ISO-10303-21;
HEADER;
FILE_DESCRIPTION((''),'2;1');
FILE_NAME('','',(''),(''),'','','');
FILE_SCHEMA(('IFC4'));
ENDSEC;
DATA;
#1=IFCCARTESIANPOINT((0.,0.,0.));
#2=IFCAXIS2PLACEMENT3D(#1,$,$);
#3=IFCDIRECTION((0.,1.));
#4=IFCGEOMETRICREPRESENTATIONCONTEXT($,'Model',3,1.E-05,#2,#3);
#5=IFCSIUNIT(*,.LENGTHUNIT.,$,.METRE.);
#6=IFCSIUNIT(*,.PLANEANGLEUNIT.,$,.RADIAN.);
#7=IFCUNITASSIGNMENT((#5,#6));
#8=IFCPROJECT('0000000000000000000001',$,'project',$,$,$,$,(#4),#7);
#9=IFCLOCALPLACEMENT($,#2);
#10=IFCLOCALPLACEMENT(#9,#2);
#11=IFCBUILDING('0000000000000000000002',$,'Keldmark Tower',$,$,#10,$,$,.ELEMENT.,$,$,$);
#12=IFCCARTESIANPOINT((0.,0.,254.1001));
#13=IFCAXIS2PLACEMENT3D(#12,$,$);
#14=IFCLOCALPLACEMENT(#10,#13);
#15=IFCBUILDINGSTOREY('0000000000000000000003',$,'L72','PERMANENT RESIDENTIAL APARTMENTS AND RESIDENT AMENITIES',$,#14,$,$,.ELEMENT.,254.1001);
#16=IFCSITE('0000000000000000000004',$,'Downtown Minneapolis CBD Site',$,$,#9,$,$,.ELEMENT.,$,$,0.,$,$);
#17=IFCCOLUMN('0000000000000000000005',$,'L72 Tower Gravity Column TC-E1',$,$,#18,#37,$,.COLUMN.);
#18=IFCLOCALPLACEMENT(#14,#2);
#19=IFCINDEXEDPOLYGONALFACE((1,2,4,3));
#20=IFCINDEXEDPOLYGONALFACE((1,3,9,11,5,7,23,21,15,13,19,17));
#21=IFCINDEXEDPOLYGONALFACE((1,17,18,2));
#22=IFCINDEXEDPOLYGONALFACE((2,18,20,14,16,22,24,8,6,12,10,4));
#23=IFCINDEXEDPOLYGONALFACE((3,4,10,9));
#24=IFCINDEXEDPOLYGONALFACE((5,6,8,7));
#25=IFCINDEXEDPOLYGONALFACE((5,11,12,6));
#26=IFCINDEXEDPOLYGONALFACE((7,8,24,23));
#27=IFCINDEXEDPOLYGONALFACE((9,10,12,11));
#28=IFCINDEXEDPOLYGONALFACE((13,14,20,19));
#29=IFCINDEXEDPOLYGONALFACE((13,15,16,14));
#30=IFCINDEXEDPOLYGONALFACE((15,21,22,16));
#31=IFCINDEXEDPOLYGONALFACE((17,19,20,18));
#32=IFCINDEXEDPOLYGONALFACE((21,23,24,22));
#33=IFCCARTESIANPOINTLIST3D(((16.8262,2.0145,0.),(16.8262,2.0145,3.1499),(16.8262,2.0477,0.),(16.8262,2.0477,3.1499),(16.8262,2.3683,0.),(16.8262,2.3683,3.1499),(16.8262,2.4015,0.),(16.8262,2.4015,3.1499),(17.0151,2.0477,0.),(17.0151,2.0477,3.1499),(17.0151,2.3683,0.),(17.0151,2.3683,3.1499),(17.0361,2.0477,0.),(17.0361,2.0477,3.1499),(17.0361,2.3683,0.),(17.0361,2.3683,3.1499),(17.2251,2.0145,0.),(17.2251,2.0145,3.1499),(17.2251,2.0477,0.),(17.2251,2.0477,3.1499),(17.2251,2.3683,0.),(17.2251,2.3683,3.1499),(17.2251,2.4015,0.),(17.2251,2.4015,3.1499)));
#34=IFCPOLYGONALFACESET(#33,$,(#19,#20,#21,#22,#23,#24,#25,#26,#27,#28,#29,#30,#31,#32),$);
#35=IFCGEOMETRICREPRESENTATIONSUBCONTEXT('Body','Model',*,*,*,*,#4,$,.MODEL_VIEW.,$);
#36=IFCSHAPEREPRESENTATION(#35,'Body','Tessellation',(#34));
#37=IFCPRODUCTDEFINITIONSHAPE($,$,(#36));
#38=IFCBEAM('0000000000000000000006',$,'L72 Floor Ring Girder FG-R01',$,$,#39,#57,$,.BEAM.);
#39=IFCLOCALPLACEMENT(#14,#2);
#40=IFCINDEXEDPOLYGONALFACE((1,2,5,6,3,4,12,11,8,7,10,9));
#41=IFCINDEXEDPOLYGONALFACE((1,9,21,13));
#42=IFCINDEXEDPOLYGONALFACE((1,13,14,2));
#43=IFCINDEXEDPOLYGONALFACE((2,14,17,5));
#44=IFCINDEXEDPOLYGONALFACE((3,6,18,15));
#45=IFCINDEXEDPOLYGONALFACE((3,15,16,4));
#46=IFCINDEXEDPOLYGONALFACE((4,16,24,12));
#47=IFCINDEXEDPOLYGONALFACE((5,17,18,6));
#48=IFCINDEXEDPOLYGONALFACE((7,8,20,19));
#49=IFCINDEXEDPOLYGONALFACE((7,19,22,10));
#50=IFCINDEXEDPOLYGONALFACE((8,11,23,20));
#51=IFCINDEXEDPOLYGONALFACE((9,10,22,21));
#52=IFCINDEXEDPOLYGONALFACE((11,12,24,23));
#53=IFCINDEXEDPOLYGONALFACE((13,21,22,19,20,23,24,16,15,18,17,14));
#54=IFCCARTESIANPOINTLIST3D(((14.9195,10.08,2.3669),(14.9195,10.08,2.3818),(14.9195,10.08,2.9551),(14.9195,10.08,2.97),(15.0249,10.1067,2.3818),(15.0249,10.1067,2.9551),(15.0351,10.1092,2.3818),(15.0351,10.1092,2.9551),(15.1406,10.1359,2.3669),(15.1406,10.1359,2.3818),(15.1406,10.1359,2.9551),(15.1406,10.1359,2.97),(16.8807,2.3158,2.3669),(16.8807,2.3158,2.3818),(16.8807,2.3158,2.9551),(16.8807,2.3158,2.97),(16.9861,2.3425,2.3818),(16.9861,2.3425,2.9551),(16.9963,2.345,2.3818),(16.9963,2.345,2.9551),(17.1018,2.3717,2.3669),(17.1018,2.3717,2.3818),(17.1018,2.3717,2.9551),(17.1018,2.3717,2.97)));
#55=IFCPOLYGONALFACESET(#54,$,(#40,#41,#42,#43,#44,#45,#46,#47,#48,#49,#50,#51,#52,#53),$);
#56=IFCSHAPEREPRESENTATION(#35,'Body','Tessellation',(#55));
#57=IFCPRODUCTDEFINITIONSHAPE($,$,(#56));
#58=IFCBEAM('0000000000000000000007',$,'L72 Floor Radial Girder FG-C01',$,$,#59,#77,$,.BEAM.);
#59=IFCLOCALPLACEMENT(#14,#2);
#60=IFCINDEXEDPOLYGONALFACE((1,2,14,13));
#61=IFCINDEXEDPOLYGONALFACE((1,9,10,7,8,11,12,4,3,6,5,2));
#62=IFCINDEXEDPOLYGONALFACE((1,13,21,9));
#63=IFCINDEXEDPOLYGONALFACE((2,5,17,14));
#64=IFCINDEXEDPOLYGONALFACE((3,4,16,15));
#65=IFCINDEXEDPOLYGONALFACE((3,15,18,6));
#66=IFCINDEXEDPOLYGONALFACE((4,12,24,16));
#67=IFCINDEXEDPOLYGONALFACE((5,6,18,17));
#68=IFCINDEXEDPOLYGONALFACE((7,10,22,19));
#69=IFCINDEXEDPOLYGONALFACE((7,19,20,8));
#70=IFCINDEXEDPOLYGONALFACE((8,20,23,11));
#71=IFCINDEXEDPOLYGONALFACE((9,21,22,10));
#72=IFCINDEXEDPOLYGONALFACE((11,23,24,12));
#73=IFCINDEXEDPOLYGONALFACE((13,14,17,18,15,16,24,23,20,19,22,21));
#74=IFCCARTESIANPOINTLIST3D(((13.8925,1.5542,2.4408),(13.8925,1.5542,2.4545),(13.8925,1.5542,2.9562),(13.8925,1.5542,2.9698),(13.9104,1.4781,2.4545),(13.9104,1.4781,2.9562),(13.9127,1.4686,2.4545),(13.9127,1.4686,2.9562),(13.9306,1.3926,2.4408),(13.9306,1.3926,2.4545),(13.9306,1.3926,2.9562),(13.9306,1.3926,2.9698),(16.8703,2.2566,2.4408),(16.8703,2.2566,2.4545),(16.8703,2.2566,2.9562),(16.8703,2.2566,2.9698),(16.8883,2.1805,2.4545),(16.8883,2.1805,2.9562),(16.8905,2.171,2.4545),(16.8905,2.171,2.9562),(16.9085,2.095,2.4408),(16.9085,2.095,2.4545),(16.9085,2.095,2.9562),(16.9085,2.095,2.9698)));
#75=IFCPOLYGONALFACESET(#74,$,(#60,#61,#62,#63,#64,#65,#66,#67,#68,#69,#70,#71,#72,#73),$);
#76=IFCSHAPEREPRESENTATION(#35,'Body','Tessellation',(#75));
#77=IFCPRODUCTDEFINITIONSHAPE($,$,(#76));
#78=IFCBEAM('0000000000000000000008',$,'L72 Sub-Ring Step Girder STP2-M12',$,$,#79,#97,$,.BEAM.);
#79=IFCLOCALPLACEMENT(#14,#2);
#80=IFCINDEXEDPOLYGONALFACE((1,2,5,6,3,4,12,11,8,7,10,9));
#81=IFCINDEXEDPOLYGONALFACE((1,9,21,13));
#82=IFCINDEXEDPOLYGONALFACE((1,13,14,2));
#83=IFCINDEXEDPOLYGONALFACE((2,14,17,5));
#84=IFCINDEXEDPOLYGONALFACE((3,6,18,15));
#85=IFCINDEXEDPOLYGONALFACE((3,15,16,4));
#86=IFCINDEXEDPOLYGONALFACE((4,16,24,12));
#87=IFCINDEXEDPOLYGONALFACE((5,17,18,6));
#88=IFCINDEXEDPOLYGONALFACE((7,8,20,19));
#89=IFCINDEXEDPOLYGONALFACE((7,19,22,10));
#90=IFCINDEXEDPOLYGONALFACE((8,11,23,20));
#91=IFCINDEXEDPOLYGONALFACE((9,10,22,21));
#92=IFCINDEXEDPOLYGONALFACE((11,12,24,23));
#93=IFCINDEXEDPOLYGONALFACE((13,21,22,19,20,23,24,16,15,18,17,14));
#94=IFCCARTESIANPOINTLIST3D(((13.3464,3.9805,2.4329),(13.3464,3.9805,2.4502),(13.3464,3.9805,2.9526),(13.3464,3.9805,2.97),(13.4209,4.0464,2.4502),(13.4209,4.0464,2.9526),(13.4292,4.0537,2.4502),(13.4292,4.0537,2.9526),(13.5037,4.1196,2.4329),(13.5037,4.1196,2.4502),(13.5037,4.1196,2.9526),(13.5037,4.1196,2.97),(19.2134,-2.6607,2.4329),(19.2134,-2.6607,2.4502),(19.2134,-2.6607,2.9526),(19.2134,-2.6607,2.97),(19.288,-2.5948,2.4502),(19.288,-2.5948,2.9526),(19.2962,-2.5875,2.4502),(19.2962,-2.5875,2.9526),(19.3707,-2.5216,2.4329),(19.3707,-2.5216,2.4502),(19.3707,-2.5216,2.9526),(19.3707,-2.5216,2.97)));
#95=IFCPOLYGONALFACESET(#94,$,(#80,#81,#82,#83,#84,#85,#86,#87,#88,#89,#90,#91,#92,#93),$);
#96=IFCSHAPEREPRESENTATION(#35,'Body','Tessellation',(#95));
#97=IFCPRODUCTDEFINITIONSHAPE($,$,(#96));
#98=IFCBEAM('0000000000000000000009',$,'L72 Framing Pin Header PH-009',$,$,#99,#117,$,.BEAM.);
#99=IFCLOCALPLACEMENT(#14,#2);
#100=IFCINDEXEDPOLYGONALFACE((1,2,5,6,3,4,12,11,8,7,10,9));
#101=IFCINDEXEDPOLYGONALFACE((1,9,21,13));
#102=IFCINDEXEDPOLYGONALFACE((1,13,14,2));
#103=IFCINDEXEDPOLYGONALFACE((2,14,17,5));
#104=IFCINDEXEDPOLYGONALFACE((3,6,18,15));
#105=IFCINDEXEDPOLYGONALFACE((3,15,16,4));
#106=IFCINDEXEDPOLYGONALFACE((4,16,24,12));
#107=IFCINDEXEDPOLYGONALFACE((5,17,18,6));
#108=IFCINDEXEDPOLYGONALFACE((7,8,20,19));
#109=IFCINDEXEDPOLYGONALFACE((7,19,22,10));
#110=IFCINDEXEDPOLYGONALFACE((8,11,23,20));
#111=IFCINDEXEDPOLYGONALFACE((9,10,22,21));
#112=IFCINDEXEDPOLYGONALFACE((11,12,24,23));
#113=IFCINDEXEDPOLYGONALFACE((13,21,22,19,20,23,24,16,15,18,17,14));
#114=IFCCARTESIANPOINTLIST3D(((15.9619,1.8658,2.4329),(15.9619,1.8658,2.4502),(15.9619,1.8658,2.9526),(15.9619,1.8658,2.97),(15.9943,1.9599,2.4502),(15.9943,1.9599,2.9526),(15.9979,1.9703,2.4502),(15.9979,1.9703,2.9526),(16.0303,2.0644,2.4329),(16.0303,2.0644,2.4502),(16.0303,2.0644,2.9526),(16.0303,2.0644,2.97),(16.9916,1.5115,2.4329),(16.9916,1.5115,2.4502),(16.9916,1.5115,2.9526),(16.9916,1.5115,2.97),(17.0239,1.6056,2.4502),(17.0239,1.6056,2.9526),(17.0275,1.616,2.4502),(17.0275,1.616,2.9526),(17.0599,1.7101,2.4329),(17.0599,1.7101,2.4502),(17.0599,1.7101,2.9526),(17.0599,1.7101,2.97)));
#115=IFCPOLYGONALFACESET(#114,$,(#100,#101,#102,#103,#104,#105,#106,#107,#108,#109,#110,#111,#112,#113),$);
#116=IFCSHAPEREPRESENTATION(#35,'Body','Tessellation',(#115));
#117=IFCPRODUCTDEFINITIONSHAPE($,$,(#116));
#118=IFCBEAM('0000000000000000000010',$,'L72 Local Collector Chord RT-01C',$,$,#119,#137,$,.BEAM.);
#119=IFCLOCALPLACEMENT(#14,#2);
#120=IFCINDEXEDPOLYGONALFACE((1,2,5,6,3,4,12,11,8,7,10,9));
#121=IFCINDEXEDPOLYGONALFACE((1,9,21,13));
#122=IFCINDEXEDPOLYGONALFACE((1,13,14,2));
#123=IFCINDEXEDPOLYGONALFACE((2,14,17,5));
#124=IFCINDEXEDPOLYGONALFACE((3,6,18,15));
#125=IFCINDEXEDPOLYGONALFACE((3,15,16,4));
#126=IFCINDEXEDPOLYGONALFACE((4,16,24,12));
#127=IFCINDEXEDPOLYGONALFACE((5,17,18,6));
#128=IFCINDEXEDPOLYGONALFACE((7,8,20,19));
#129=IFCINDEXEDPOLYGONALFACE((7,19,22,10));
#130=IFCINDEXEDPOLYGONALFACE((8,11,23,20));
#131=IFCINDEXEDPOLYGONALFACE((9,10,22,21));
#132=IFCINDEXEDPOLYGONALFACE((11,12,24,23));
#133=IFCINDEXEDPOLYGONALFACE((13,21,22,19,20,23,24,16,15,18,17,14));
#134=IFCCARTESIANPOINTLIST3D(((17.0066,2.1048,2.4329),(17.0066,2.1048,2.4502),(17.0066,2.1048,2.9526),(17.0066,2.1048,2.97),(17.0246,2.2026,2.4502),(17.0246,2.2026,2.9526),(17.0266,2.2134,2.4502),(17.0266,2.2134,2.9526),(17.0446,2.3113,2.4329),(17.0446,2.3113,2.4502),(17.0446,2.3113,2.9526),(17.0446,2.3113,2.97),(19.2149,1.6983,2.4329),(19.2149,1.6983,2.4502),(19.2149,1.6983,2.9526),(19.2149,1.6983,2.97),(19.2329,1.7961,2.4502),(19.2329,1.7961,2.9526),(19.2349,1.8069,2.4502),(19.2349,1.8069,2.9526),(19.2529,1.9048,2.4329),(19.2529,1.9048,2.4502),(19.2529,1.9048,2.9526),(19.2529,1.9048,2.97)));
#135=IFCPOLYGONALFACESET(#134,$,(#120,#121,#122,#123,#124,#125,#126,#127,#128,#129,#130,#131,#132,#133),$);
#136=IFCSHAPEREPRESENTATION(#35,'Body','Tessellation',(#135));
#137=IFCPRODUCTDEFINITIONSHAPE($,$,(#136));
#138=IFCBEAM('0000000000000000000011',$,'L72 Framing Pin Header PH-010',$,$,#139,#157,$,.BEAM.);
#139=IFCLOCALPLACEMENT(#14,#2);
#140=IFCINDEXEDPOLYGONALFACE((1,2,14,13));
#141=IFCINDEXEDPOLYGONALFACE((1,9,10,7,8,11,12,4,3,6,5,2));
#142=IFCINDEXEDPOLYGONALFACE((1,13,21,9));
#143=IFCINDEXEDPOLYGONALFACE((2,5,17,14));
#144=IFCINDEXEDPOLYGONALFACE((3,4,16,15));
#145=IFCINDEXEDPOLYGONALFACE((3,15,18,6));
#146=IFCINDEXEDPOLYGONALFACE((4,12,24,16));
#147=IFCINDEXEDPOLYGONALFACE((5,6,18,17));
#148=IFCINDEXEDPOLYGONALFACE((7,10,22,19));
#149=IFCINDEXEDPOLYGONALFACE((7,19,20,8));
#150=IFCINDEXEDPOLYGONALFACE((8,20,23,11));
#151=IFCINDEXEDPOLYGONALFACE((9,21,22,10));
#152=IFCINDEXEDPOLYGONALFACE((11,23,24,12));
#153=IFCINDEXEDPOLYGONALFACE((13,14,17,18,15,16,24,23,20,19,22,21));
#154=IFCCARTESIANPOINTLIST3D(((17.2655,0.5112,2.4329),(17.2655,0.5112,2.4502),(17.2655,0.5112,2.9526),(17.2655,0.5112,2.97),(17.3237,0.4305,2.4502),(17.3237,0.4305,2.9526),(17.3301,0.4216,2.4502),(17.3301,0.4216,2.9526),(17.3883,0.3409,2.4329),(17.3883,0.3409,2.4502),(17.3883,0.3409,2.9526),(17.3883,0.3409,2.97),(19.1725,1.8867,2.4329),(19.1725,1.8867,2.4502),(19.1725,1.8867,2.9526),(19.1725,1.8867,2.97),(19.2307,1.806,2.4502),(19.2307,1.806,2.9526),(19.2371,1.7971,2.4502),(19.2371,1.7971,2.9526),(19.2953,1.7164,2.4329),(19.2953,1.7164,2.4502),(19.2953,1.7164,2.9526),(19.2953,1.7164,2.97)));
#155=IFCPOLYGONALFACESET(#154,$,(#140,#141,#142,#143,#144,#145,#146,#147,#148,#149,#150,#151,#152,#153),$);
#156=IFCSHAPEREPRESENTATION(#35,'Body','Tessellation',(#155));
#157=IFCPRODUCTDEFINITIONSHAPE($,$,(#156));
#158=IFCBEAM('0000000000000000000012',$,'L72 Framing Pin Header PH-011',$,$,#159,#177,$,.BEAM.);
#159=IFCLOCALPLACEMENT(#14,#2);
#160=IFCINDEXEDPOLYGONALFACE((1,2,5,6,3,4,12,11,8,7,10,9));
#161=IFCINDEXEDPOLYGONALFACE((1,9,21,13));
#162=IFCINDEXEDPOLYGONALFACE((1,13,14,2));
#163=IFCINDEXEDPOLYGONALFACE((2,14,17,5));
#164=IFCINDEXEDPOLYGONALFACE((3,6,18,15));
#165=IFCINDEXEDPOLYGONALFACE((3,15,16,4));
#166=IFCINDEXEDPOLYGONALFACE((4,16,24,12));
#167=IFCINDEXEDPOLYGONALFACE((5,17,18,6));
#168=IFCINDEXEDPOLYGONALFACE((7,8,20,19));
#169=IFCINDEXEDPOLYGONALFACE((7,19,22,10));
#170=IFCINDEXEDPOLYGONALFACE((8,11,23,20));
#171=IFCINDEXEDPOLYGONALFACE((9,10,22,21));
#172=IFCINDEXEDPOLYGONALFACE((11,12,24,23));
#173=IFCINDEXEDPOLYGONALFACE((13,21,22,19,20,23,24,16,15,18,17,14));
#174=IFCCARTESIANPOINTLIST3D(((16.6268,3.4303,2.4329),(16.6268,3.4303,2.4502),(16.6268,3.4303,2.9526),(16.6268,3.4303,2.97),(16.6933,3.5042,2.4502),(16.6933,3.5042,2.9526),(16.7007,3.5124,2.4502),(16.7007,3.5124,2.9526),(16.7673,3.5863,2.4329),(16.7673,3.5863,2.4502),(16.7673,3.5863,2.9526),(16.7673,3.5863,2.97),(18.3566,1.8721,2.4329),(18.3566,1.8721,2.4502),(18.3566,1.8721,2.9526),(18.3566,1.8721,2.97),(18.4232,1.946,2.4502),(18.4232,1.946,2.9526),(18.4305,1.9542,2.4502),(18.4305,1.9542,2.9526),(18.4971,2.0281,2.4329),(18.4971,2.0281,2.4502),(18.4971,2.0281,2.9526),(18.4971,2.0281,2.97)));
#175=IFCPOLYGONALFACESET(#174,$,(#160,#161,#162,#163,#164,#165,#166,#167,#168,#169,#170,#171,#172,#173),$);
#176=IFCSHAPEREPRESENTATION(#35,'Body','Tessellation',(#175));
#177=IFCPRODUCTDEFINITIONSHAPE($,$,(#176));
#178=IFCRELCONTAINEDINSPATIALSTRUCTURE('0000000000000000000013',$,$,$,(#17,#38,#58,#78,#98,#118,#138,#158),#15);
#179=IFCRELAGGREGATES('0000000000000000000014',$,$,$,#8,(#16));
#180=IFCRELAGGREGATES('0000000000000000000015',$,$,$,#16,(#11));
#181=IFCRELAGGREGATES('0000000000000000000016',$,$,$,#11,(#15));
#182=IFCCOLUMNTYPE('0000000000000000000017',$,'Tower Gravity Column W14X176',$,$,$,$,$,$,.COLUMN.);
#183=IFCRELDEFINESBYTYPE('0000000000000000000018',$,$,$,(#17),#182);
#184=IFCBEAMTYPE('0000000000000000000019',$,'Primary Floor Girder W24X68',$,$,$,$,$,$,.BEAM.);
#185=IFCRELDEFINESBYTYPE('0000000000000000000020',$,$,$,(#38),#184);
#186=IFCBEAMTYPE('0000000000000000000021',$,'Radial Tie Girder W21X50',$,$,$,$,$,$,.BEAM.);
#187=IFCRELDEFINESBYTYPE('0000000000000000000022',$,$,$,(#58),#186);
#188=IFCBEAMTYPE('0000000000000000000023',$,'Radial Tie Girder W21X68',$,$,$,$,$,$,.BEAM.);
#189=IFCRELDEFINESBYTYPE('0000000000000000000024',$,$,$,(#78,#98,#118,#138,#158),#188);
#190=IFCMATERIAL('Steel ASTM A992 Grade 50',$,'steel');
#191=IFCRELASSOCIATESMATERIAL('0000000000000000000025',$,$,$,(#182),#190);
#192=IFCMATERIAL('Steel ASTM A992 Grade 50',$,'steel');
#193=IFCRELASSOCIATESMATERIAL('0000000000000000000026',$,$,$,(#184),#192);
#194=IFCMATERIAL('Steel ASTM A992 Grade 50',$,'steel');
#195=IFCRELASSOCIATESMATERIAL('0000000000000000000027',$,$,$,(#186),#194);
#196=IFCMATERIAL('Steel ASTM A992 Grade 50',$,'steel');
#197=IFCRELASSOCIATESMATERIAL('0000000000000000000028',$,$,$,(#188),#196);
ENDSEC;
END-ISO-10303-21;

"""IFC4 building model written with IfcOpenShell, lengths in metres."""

from ifc_helpers import new_model, si_unit, direction, frame, origin, origin_2d, place, context, subcontext, project, spatial, i_section, extrude, material, material_profile, profile_set, type_object, element, save


model = new_model("IFC4")

# Units and contexts
model_context = context("Model", 3, precision=1e-05, world=origin(), true_north=direction((0.0, 1.0)))
body_context = subcontext(model_context, "Body", "Model", "MODEL_VIEW")
ifc_project = project(units=[si_unit("LENGTHUNIT", "METRE"), si_unit("PLANEANGLEUNIT", "RADIAN")], contexts=[model_context])

# Site, building, storey
site_placement = place(None, origin())
site = spatial("IfcSite", under=ifc_project, at=site_placement, Name="Downtown Minneapolis CBD Site", CompositionType="ELEMENT", RefElevation=0.0)
building_placement = place(site_placement, origin())
building = spatial("IfcBuilding", under=site, at=building_placement, Name="Keldmark Tower", CompositionType="ELEMENT")
storey_placement = place(building_placement, frame((0.0, 0.0, 254.1001)))
storey = spatial("IfcBuildingStorey", under=building, at=storey_placement, Name="L72", Description="PERMANENT RESIDENTIAL APARTMENTS AND RESIDENT AMENITIES", CompositionType="ELEMENT", Elevation=254.1001)

# Column
ifc_material_1 = material(Name="Steel ASTM A992 Grade 50", Category="steel")
ifc_material_profile_1 = material_profile(ifc_material_1, i_section(OverallWidth=0.3989, OverallDepth=0.387, WebThickness=0.021, FlangeThickness=0.0332, at=origin_2d()), Name="W14X176")
ifc_profile_set_1 = profile_set([ifc_material_profile_1], Name="Steel ASTM A992 Grade 50")
column_type = type_object("IfcColumnType", Name="Tower Gravity Column W14X176", PredefinedType="COLUMN", material=ifc_profile_set_1)
column_placement = place(storey_placement, frame((17.0256, 2.208, 0.0), z_axis=(0.0, 0.0, 1.0), x_axis=(1.0, 0.0, 0.0)))
element("IfcColumn", 1, at=column_placement, inside=storey, type_object=column_type, Name="L72 Tower Gravity Column TC-E1", PredefinedType="COLUMN", context=body_context, shape_type="SweptSolid", body=[
    extrude(i_section(OverallWidth=0.3989, OverallDepth=0.387, WebThickness=0.021, FlangeThickness=0.0332, at=origin_2d()), origin(), (0.0, 0.0, 1.0), 3.1499),
])

# Beams
ifc_material_2 = material(Name="Steel ASTM A992 Grade 50", Category="steel")
ifc_material_profile_2 = material_profile(ifc_material_2, i_section(OverallWidth=0.228, OverallDepth=0.603, WebThickness=0.0105, FlangeThickness=0.0149, at=origin_2d()), Name="W24X68")
ifc_profile_set_2 = profile_set([ifc_material_profile_2], Name="Steel ASTM A992 Grade 50")
beam_type_1 = type_object("IfcBeamType", Name="Primary Floor Girder W24X68", PredefinedType="BEAM", material=ifc_profile_set_2)
beam_1_placement = place(storey_placement, frame((16.9912, 2.3438, 2.6685), z_axis=(-0.244902, 0.969548, 0.0), x_axis=(-0.969548, -0.244902, 0.0)))
element("IfcBeam", 2, at=beam_1_placement, inside=storey, type_object=beam_type_1, Name="L72 Floor Ring Girder FG-R01", PredefinedType="BEAM", context=body_context, shape_type="SweptSolid", body=[
    extrude(i_section(OverallWidth=0.228, OverallDepth=0.603, WebThickness=0.0105, FlangeThickness=0.0149, at=origin_2d()), origin(), (0.0, 0.0, 1.0), 8.0081),
])
ifc_material_3 = material(Name="Steel ASTM A992 Grade 50", Category="steel")
ifc_material_profile_3 = material_profile(ifc_material_3, i_section(OverallWidth=0.166, OverallDepth=0.5291, WebThickness=0.0098, FlangeThickness=0.0137, at=origin_2d()), Name="W21X50")
ifc_profile_set_3 = profile_set([ifc_material_profile_3], Name="Steel ASTM A992 Grade 50")
beam_type_2 = type_object("IfcBeamType", Name="Radial Tie Girder W21X50", PredefinedType="BEAM", material=ifc_profile_set_3)
beam_2_placement = place(storey_placement, frame((16.8894, 2.1758, 2.7053), z_axis=(-0.97329, -0.229577, 0.0), x_axis=(0.229577, -0.97329, 0.0)))
element("IfcBeam", 3, at=beam_2_placement, inside=storey, type_object=beam_type_2, Name="L72 Floor Radial Girder FG-C01", PredefinedType="BEAM", context=body_context, shape_type="SweptSolid", body=[
    extrude(i_section(OverallWidth=0.166, OverallDepth=0.5291, WebThickness=0.0098, FlangeThickness=0.0137, at=origin_2d()), origin(), (0.0, 0.0, 1.0), 3.0596),
])
ifc_material_4 = material(Name="Steel ASTM A992 Grade 50", Category="steel")
ifc_material_profile_4 = material_profile(ifc_material_4, i_section(OverallWidth=0.21, OverallDepth=0.5371, WebThickness=0.011, FlangeThickness=0.0173, at=origin_2d()), Name="W21X68")
ifc_profile_set_4 = profile_set([ifc_material_profile_4], Name="Steel ASTM A992 Grade 50")
beam_type_3 = type_object("IfcBeamType", Name="Radial Tie Girder W21X68", PredefinedType="BEAM", material=ifc_profile_set_4)
beam_3_placement = place(storey_placement, frame((13.425, 4.05, 2.7014), z_axis=(0.662074, -0.749438, 0.0), x_axis=(0.749438, 0.662074, 0.0)))
element("IfcBeam", 4, at=beam_3_placement, inside=storey, type_object=beam_type_3, Name="L72 Sub-Ring Step Girder STP2-M12", PredefinedType="BEAM", context=body_context, shape_type="SweptSolid", body=[
    extrude(i_section(OverallWidth=0.21, OverallDepth=0.5371, WebThickness=0.011, FlangeThickness=0.0173, at=origin_2d()), origin(), (0.0, 0.0, 1.0), 8.8616),
])
beam_4_placement = place(storey_placement, frame((15.9961, 1.9651, 2.7014), z_axis=(0.94559, -0.325362, 0.0), x_axis=(0.325362, 0.94559, 0.0)))
element("IfcBeam", 5, at=beam_4_placement, inside=storey, type_object=beam_type_3, Name="L72 Framing Pin Header PH-009", PredefinedType="BEAM", context=body_context, shape_type="SweptSolid", body=[
    extrude(i_section(OverallWidth=0.21, OverallDepth=0.5371, WebThickness=0.011, FlangeThickness=0.0173, at=origin_2d()), origin(), (0.0, 0.0, 1.0), 1.0889),
])
beam_5_placement = place(storey_placement, frame((17.0256, 2.208, 2.7014), z_axis=(0.983476, -0.181038, 0.0), x_axis=(0.181038, 0.983476, 0.0)))
element("IfcBeam", 6, at=beam_5_placement, inside=storey, type_object=beam_type_3, Name="L72 Local Collector Chord RT-01C", PredefinedType="BEAM", context=body_context, shape_type="SweptSolid", body=[
    extrude(i_section(OverallWidth=0.21, OverallDepth=0.5371, WebThickness=0.011, FlangeThickness=0.0173, at=origin_2d()), origin(), (0.0, 0.0, 1.0), 2.2454),
])
beam_6_placement = place(storey_placement, frame((19.2339, 1.8015, 2.7014), z_axis=(-0.811038, -0.584994, 0.0), x_axis=(0.584994, -0.811038, 0.0)))
element("IfcBeam", 7, at=beam_6_placement, inside=storey, type_object=beam_type_3, Name="L72 Framing Pin Header PH-010", PredefinedType="BEAM", context=body_context, shape_type="SweptSolid", body=[
    extrude(i_section(OverallWidth=0.21, OverallDepth=0.5371, WebThickness=0.011, FlangeThickness=0.0173, at=origin_2d()), origin(), (0.0, 0.0, 1.0), 2.3513),
])
beam_7_placement = place(storey_placement, frame((16.697, 3.5083, 2.7014), z_axis=(0.743007, -0.669283, 0.0), x_axis=(0.669283, 0.743007, 0.0)))
element("IfcBeam", 8, at=beam_7_placement, inside=storey, type_object=beam_type_3, Name="L72 Framing Pin Header PH-011", PredefinedType="BEAM", context=body_context, shape_type="SweptSolid", body=[
    extrude(i_section(OverallWidth=0.21, OverallDepth=0.5371, WebThickness=0.011, FlangeThickness=0.0173, at=origin_2d()), origin(), (0.0, 0.0, 1.0), 2.3281),
])

save(model, "model.ifc")
